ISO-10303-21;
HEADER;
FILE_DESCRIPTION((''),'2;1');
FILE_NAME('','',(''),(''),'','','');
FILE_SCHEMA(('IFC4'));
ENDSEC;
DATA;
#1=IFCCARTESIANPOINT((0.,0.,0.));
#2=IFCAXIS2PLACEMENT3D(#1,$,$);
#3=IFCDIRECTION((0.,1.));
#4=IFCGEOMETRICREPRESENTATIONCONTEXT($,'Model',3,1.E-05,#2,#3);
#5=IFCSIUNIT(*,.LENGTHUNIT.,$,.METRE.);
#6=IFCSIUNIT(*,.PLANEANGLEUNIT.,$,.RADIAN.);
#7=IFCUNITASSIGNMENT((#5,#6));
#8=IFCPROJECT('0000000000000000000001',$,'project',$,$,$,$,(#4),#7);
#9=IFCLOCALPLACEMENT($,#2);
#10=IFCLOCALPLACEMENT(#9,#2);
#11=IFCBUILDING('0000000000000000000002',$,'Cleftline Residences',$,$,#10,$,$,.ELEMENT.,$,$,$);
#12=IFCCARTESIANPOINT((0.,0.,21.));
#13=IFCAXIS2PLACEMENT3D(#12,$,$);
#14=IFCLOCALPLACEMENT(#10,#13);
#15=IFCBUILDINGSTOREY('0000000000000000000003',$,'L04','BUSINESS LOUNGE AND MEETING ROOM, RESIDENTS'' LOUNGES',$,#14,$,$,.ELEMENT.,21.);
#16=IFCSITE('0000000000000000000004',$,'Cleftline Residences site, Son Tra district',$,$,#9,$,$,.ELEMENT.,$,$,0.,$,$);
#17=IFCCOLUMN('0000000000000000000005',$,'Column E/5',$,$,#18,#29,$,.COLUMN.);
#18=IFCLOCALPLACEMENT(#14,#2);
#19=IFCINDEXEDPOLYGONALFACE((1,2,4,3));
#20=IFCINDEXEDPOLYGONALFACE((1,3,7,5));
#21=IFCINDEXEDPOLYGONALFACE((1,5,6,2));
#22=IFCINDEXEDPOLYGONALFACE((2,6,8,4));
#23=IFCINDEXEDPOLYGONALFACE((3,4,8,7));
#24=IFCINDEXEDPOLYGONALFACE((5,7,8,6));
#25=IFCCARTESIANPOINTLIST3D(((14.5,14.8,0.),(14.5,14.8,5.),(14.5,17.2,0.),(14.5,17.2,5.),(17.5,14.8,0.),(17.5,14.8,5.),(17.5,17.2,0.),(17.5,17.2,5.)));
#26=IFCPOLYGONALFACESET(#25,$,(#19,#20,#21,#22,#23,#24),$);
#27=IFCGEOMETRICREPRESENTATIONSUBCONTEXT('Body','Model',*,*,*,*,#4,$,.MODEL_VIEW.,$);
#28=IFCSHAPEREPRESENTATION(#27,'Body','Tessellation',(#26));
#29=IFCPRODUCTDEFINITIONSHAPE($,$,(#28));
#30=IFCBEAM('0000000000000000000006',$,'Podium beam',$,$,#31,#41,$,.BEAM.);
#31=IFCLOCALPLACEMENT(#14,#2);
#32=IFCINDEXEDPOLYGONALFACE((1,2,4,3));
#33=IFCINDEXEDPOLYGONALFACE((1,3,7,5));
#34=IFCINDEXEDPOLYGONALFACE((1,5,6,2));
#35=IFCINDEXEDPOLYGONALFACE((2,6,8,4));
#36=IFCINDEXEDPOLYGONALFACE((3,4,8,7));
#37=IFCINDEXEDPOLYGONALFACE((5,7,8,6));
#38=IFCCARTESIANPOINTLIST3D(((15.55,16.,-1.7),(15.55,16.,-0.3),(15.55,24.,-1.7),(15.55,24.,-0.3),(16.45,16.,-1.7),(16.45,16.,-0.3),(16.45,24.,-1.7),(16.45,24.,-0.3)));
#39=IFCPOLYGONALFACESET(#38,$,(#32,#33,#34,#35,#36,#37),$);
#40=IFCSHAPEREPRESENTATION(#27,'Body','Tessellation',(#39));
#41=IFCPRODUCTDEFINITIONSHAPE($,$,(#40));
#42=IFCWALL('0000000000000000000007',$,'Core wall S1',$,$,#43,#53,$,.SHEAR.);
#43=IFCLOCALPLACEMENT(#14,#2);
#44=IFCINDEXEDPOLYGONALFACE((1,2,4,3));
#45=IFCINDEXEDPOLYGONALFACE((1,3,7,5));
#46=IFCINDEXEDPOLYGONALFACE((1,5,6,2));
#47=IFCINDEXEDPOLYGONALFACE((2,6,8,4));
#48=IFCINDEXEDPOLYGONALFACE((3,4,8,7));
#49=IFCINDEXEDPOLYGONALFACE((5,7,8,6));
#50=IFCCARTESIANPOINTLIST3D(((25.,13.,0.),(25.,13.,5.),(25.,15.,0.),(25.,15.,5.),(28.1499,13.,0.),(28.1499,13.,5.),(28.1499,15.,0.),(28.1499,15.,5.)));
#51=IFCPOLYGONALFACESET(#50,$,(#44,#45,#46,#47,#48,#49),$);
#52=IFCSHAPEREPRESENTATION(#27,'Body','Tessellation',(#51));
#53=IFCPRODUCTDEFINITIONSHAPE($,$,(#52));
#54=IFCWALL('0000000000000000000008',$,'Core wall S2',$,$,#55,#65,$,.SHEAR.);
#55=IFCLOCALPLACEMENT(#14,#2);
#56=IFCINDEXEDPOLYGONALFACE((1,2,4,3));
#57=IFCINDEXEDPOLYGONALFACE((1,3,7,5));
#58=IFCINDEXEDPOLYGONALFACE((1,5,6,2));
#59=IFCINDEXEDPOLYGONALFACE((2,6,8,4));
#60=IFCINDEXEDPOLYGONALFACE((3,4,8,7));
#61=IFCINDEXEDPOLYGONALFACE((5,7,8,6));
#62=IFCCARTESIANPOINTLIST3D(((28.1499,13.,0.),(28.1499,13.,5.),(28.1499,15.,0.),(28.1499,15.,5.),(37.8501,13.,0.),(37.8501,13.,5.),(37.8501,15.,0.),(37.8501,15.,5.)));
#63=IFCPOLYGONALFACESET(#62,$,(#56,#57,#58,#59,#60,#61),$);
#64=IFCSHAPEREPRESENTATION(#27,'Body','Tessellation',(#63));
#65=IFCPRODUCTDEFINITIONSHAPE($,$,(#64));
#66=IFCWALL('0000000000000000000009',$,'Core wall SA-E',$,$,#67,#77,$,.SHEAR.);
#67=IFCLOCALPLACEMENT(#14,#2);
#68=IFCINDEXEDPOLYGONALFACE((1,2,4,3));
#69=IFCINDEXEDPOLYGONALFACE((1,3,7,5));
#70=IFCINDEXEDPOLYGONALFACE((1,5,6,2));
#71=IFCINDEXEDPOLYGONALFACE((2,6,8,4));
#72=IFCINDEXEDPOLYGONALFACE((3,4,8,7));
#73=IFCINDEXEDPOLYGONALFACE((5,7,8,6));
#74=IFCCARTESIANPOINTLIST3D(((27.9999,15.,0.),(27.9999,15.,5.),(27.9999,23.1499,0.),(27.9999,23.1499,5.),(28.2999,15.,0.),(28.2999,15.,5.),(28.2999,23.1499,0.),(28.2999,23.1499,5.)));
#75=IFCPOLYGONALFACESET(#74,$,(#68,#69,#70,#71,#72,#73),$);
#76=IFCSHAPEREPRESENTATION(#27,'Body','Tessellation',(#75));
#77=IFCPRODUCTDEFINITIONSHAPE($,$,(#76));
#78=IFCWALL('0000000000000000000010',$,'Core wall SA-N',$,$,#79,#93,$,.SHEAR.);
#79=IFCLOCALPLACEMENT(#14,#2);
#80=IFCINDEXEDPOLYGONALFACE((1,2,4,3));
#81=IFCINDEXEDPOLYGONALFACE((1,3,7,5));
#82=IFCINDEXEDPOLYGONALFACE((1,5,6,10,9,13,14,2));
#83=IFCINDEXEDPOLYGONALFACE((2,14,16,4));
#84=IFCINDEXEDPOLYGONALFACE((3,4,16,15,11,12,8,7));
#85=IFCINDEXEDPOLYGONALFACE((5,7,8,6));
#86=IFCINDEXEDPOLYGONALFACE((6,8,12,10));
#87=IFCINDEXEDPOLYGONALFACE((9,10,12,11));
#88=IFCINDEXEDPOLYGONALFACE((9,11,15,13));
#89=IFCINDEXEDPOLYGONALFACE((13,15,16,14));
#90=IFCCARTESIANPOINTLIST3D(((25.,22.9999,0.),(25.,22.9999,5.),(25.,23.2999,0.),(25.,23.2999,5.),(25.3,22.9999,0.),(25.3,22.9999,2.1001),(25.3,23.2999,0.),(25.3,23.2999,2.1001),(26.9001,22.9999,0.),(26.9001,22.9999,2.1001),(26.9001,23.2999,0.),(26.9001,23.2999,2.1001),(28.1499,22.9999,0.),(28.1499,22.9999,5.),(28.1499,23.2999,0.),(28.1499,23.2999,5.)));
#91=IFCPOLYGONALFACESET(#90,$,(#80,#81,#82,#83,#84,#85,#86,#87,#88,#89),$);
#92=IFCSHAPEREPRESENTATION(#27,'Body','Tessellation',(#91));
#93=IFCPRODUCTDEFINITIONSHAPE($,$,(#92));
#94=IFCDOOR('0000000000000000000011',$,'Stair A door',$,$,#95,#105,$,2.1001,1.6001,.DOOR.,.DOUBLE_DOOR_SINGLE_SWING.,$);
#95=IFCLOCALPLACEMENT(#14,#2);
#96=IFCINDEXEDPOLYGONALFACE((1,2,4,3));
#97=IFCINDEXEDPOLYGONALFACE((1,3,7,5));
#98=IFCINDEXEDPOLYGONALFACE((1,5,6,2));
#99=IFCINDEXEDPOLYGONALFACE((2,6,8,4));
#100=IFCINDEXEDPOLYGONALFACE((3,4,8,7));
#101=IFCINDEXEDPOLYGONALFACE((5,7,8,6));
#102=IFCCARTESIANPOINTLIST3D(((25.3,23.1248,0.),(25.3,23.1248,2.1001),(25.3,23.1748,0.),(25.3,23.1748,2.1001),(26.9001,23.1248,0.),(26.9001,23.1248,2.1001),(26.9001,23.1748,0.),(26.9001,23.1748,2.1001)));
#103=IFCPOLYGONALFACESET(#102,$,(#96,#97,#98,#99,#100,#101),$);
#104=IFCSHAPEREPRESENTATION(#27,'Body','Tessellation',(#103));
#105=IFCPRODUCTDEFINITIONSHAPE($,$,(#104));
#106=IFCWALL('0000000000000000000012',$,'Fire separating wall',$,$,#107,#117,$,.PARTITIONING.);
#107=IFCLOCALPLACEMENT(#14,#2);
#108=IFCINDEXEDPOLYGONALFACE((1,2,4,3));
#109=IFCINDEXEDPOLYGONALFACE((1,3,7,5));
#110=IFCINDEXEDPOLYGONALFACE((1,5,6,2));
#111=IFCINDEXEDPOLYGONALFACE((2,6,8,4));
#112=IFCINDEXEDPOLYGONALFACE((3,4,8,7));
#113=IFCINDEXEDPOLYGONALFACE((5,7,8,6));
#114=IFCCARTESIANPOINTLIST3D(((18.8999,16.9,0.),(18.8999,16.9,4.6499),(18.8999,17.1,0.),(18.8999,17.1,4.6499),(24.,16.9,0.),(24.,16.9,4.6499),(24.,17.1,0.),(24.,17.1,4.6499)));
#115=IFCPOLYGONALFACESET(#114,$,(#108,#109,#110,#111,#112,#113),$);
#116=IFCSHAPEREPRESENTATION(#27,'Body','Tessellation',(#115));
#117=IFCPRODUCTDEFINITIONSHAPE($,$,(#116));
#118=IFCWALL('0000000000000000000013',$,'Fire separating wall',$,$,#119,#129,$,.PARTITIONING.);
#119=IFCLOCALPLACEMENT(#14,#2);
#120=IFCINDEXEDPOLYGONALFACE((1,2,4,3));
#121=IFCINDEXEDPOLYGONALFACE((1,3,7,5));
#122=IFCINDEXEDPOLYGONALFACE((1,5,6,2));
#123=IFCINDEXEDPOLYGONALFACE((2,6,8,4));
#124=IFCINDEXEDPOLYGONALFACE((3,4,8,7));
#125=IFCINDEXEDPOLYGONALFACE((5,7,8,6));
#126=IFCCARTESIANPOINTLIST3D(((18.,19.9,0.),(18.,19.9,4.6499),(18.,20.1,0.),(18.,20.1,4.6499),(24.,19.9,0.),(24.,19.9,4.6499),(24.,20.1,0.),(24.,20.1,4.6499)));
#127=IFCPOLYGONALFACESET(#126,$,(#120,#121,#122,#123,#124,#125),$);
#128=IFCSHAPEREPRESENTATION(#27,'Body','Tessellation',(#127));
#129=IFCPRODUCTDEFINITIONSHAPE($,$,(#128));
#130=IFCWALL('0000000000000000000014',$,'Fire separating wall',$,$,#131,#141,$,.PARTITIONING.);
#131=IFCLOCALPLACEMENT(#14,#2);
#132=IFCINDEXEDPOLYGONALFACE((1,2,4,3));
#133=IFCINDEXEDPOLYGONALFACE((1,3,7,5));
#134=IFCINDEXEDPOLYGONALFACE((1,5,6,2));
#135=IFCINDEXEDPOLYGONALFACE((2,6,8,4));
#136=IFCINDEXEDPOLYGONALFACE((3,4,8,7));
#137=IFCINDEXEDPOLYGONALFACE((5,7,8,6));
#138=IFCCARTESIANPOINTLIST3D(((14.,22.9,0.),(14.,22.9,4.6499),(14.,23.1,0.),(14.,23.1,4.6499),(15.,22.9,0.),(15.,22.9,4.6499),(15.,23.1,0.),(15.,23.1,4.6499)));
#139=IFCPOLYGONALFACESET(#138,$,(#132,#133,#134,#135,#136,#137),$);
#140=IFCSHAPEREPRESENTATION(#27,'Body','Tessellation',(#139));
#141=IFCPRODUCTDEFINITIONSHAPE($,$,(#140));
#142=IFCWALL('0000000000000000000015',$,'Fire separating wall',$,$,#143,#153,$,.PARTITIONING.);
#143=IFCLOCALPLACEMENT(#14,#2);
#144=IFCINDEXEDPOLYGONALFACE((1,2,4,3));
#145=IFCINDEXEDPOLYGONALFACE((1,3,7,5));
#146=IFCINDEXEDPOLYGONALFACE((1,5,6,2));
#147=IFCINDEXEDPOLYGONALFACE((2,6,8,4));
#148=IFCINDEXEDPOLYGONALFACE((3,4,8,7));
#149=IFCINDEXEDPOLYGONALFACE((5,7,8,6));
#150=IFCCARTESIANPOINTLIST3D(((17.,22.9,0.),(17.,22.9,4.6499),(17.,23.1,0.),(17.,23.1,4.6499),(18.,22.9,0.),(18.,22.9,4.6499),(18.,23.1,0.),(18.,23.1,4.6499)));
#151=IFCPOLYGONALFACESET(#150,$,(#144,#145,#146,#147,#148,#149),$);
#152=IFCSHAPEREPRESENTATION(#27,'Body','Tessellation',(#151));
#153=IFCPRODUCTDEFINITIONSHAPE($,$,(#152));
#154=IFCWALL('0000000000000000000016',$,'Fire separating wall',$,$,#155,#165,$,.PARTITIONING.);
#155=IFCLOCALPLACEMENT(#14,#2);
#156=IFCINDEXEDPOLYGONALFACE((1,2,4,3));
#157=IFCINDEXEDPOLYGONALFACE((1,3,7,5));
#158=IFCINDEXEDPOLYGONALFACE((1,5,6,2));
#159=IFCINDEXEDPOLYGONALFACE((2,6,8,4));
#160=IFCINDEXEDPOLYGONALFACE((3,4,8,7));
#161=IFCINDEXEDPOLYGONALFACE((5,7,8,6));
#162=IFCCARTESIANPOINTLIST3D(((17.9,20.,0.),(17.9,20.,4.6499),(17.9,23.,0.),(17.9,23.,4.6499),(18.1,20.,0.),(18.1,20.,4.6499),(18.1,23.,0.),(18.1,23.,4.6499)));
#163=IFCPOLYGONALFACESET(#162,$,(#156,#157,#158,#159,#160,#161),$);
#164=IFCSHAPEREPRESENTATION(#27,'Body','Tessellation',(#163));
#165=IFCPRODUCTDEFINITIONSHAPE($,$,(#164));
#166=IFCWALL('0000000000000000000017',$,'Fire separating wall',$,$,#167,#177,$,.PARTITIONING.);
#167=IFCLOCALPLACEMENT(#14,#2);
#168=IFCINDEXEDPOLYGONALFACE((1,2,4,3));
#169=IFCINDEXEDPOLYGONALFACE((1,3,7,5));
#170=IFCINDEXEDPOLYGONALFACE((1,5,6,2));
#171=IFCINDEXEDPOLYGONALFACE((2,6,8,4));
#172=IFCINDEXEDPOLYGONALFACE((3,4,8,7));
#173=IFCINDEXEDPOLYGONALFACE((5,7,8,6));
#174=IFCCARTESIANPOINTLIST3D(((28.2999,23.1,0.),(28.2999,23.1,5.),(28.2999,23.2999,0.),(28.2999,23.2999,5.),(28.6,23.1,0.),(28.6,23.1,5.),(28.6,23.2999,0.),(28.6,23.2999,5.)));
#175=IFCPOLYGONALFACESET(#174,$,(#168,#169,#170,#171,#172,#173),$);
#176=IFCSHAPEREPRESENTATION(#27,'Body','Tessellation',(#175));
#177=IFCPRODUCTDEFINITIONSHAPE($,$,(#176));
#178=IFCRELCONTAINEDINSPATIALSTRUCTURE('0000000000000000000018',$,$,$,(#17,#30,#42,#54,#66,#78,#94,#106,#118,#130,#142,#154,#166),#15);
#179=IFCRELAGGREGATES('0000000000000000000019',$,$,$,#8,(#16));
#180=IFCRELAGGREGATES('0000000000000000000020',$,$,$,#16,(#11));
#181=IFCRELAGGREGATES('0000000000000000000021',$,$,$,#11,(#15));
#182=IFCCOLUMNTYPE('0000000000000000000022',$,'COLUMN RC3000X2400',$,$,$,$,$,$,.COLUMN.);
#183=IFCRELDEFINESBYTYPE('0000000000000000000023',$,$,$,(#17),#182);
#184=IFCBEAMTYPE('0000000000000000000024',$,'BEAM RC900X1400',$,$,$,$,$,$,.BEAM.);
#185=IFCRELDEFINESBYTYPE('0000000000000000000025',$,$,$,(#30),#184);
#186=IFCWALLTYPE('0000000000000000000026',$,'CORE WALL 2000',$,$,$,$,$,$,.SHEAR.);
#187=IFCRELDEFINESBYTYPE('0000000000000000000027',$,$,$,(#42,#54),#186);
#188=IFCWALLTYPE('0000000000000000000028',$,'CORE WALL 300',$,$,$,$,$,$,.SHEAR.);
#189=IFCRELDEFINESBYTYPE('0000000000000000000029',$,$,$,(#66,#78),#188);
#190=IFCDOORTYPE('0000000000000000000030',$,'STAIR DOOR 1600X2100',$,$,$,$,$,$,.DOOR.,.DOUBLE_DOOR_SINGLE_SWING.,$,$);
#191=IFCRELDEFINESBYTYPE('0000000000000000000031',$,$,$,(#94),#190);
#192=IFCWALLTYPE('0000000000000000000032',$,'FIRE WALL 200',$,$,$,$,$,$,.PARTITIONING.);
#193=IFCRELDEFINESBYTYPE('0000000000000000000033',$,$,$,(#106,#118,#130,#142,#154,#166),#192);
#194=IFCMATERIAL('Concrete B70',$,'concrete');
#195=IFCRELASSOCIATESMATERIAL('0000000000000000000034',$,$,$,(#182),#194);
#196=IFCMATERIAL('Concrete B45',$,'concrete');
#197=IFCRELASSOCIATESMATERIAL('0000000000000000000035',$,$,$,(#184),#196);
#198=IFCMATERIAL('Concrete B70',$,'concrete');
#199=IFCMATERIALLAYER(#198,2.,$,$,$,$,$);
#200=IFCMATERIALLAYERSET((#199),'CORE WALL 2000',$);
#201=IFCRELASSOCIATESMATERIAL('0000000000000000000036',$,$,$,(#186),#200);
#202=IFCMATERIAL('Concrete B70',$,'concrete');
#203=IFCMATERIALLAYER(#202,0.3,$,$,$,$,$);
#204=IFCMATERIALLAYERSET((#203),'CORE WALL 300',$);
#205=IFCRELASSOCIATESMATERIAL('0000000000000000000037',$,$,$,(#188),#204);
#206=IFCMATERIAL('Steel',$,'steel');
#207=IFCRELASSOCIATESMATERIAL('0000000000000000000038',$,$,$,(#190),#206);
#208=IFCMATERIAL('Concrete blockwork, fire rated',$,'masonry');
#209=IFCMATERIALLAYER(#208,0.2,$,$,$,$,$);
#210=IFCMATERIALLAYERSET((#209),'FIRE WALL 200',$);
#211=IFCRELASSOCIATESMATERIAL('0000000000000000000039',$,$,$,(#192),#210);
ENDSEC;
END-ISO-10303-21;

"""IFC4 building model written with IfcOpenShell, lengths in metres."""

from ifc_helpers import new_model, si_unit, direction, frame, frame_2d, origin, origin_2d, place, context, subcontext, project, spatial, rectangle, extrude, material, layer, layer_set, material_profile, profile_set, type_object, element, fill, save


model = new_model("IFC4")

# Units and contexts
model_context = context("Model", 3, precision=1e-05, world=origin(), true_north=direction((0.0, 1.0)))
body_context = subcontext(model_context, "Body", "Model", "MODEL_VIEW")
ifc_project = project(units=[si_unit("LENGTHUNIT", "METRE"), si_unit("PLANEANGLEUNIT", "RADIAN")], contexts=[model_context])

# Site, building, storey
site_placement = place(None, origin())
site = spatial("IfcSite", under=ifc_project, at=site_placement, Name="Cleftline Residences site, Son Tra district", CompositionType="ELEMENT", RefElevation=0.0)
building_placement = place(site_placement, origin())
building = spatial("IfcBuilding", under=site, at=building_placement, Name="Cleftline Residences", CompositionType="ELEMENT")
storey_placement = place(building_placement, frame((0.0, 0.0, 21.0)))
storey = spatial("IfcBuildingStorey", under=building, at=storey_placement, Name="L04", Description="BUSINESS LOUNGE AND MEETING ROOM, RESIDENTS' LOUNGES", CompositionType="ELEMENT", Elevation=21.0)

# Column
ifc_material_1 = material(Name="Concrete B70", Category="concrete")
ifc_material_profile_1 = material_profile(ifc_material_1, rectangle(XDim=3.0, YDim=2.3999, at=origin_2d()))
ifc_profile_set_1 = profile_set([ifc_material_profile_1], Name="Concrete B70")
column_type = type_object("IfcColumnType", Name="COLUMN RC3000X2400", PredefinedType="COLUMN", material=ifc_profile_set_1)
column_placement = place(storey_placement, frame((16.0, 16.0, 0.0), z_axis=(0.0, 0.0, 1.0), x_axis=(1.0, 0.0, 0.0)))
element("IfcColumn", 1, at=column_placement, inside=storey, type_object=column_type, Name="Column E/5", PredefinedType="COLUMN", context=body_context, shape_type="SweptSolid", body=[
    extrude(rectangle(XDim=3.0, YDim=2.3999, at=origin_2d()), origin(), (0.0, 0.0, 1.0), 5.0),
])

# Beam
ifc_material_2 = material(Name="Concrete B45", Category="concrete")
ifc_material_profile_2 = material_profile(ifc_material_2, rectangle(XDim=0.8999, YDim=1.3999, at=origin_2d()))
ifc_profile_set_2 = profile_set([ifc_material_profile_2], Name="Concrete B45")
beam_type = type_object("IfcBeamType", Name="BEAM RC900X1400", PredefinedType="BEAM", material=ifc_profile_set_2)
beam_placement = place(storey_placement, frame((16.0, 16.0, -1.0), z_axis=(0.0, 1.0, 0.0), x_axis=(-1.0, 0.0, 0.0)))
element("IfcBeam", 2, at=beam_placement, inside=storey, type_object=beam_type, Name="Podium beam", PredefinedType="BEAM", context=body_context, shape_type="SweptSolid", body=[
    extrude(rectangle(XDim=0.8999, YDim=1.3999, at=origin_2d()), origin(), (0.0, 0.0, 1.0), 8.0),
])

# Walls
ifc_material_3 = material(Name="Concrete B70", Category="concrete")
ifc_layer_1 = layer(ifc_material_3, 2.0)
ifc_layer_set_1 = layer_set([ifc_layer_1], Name="CORE WALL 2000")
wall_type_1 = type_object("IfcWallType", Name="CORE WALL 2000", PredefinedType="SHEAR", material=ifc_layer_set_1)
wall_1_placement = place(storey_placement, frame((25.0, 14.0, 0.0), z_axis=(0.0, 0.0, 1.0), x_axis=(1.0, 0.0, 0.0)))
element("IfcWall", 3, at=wall_1_placement, inside=storey, type_object=wall_type_1, Name="Core wall S1", PredefinedType="SHEAR", context=body_context, shape_type="SweptSolid", body=[
    extrude(rectangle(XDim=3.1499, YDim=2.0, at=frame_2d((1.575, 0.0))), origin(), (0.0, 0.0, 1.0), 5.0),
])
wall_2_placement = place(storey_placement, frame((28.1499, 14.0, 0.0), z_axis=(0.0, 0.0, 1.0), x_axis=(1.0, 0.0, 0.0)))
element("IfcWall", 4, at=wall_2_placement, inside=storey, type_object=wall_type_1, Name="Core wall S2", PredefinedType="SHEAR", context=body_context, shape_type="SweptSolid", body=[
    extrude(rectangle(XDim=9.7002, YDim=2.0, at=frame_2d((4.8501, 0.0))), origin(), (0.0, 0.0, 1.0), 5.0),
])
ifc_material_4 = material(Name="Concrete B70", Category="concrete")
ifc_layer_2 = layer(ifc_material_4, 0.3)
ifc_layer_set_2 = layer_set([ifc_layer_2], Name="CORE WALL 300")
wall_type_2 = type_object("IfcWallType", Name="CORE WALL 300", PredefinedType="SHEAR", material=ifc_layer_set_2)
wall_3_placement = place(storey_placement, frame((28.1499, 15.0, 0.0), z_axis=(0.0, 0.0, 1.0), x_axis=(0.0, 1.0, 0.0)))
element("IfcWall", 5, at=wall_3_placement, inside=storey, type_object=wall_type_2, Name="Core wall SA-E", PredefinedType="SHEAR", context=body_context, shape_type="SweptSolid", body=[
    extrude(rectangle(XDim=8.1499, YDim=0.3, at=frame_2d((4.075, 0.0))), origin(), (0.0, 0.0, 1.0), 5.0),
])

# Wall, opening, door
wall_4_placement = place(storey_placement, frame((25.0, 23.1499, 0.0), z_axis=(0.0, 0.0, 1.0), x_axis=(1.0, 0.0, 0.0)))
wall_4 = element("IfcWall", 6, at=wall_4_placement, inside=storey, type_object=wall_type_2, Name="Core wall SA-N", PredefinedType="SHEAR", context=body_context, shape_type="SweptSolid", body=[
    extrude(rectangle(XDim=3.1499, YDim=0.3, at=frame_2d((1.575, 0.0))), origin(), (0.0, 0.0, 1.0), 5.0),
])
opening_1_placement = place(wall_4_placement, frame((0.3, 0.0, 0.0)))
opening_1 = element("IfcOpeningElement", 7, at=opening_1_placement, cuts=wall_4, PredefinedType="OPENING", context=body_context, shape_type="SweptSolid", body=[
    extrude(rectangle(XDim=1.6001, YDim=2.1001, at=frame_2d((0.8, 1.05))), frame((0.0, 0.1599, 0.0), z_axis=(0.0, -1.0, 0.0), x_axis=(1.0, 0.0, 0.0)), (0.0, 0.0, 1.0), 0.3201),
])
ifc_material_5 = material(Name="Steel", Category="steel")
door_type_1 = type_object("IfcDoorType", Name="STAIR DOOR 1600X2100", OperationType="DOUBLE_DOOR_SINGLE_SWING", PredefinedType="DOOR", material=ifc_material_5)
door_1_placement = place(opening_1_placement, origin())
door_1 = element("IfcDoor", 8, at=door_1_placement, inside=storey, type_object=door_type_1, Name="Stair A door", OperationType="DOUBLE_DOOR_SINGLE_SWING", OverallHeight=2.1001, OverallWidth=1.6001, PredefinedType="DOOR", context=body_context, shape_type="SweptSolid", body=[
    extrude(rectangle(XDim=1.6001, YDim=2.1001, at=frame_2d((0.8, 1.05))), frame((0.0, 0.0249, 0.0), z_axis=(0.0, -1.0, 0.0), x_axis=(1.0, 0.0, 0.0)), (0.0, 0.0, 1.0), 0.05),
])
fill(opening_1, door_1)

# Walls
ifc_material_6 = material(Name="Concrete blockwork, fire rated", Category="masonry")
ifc_layer_3 = layer(ifc_material_6, 0.2)
ifc_layer_set_3 = layer_set([ifc_layer_3], Name="FIRE WALL 200")
wall_type_3 = type_object("IfcWallType", Name="FIRE WALL 200", PredefinedType="PARTITIONING", material=ifc_layer_set_3)
wall_5_placement = place(storey_placement, frame((18.8999, 17.0, 0.0), z_axis=(0.0, 0.0, 1.0), x_axis=(1.0, 0.0, 0.0)))
element("IfcWall", 9, at=wall_5_placement, inside=storey, type_object=wall_type_3, Name="Fire separating wall", PredefinedType="PARTITIONING", context=body_context, shape_type="SweptSolid", body=[
    extrude(rectangle(XDim=5.1001, YDim=0.2, at=frame_2d((2.55, 0.0))), origin(), (0.0, 0.0, 1.0), 4.6499),
])
wall_6_placement = place(storey_placement, frame((18.0, 20.0, 0.0), z_axis=(0.0, 0.0, 1.0), x_axis=(1.0, 0.0, 0.0)))
element("IfcWall", 10, at=wall_6_placement, inside=storey, type_object=wall_type_3, Name="Fire separating wall", PredefinedType="PARTITIONING", context=body_context, shape_type="SweptSolid", body=[
    extrude(rectangle(XDim=6.0, YDim=0.2, at=frame_2d((3.0, 0.0))), origin(), (0.0, 0.0, 1.0), 4.6499),
])
for number, where, z_axis, x_axis, name in (
    (11, (14.0, 23.0, 0.0), (0.0, 0.0, 1.0), (1.0, 0.0, 0.0), "Fire separating wall"),
    (12, (17.0, 23.0, 0.0), (0.0, 0.0, 1.0), (1.0, 0.0, 0.0), "Fire separating wall"),
):
    element("IfcWall", number, at=place(storey_placement, frame(where, z_axis=z_axis, x_axis=x_axis)), inside=storey, type_object=wall_type_3, Name=name, PredefinedType="PARTITIONING", context=body_context, shape_type="SweptSolid", body=[
        extrude(rectangle(XDim=1.0, YDim=0.2, at=frame_2d((0.5, 0.0))), origin(), (0.0, 0.0, 1.0), 4.6499),
    ])
wall_7_placement = place(storey_placement, frame((18.0, 20.0, 0.0), z_axis=(0.0, 0.0, 1.0), x_axis=(0.0, 1.0, 0.0)))
element("IfcWall", 13, at=wall_7_placement, inside=storey, type_object=wall_type_3, Name="Fire separating wall", PredefinedType="PARTITIONING", context=body_context, shape_type="SweptSolid", body=[
    extrude(rectangle(XDim=3.0, YDim=0.2, at=frame_2d((1.5, 0.0))), origin(), (0.0, 0.0, 1.0), 4.6499),
])
wall_8_placement = place(storey_placement, frame((28.3, 23.2, 0.0), z_axis=(0.0, 0.0, 1.0), x_axis=(1.0, 0.0, 0.0)))
element("IfcWall", 14, at=wall_8_placement, inside=storey, type_object=wall_type_3, Name="Fire separating wall", PredefinedType="PARTITIONING", context=body_context, shape_type="SweptSolid", body=[
    extrude(rectangle(XDim=0.3, YDim=0.2, at=frame_2d((0.1499, 0.0))), origin(), (0.0, 0.0, 1.0), 5.0),
])

save(model, "model.ifc")
